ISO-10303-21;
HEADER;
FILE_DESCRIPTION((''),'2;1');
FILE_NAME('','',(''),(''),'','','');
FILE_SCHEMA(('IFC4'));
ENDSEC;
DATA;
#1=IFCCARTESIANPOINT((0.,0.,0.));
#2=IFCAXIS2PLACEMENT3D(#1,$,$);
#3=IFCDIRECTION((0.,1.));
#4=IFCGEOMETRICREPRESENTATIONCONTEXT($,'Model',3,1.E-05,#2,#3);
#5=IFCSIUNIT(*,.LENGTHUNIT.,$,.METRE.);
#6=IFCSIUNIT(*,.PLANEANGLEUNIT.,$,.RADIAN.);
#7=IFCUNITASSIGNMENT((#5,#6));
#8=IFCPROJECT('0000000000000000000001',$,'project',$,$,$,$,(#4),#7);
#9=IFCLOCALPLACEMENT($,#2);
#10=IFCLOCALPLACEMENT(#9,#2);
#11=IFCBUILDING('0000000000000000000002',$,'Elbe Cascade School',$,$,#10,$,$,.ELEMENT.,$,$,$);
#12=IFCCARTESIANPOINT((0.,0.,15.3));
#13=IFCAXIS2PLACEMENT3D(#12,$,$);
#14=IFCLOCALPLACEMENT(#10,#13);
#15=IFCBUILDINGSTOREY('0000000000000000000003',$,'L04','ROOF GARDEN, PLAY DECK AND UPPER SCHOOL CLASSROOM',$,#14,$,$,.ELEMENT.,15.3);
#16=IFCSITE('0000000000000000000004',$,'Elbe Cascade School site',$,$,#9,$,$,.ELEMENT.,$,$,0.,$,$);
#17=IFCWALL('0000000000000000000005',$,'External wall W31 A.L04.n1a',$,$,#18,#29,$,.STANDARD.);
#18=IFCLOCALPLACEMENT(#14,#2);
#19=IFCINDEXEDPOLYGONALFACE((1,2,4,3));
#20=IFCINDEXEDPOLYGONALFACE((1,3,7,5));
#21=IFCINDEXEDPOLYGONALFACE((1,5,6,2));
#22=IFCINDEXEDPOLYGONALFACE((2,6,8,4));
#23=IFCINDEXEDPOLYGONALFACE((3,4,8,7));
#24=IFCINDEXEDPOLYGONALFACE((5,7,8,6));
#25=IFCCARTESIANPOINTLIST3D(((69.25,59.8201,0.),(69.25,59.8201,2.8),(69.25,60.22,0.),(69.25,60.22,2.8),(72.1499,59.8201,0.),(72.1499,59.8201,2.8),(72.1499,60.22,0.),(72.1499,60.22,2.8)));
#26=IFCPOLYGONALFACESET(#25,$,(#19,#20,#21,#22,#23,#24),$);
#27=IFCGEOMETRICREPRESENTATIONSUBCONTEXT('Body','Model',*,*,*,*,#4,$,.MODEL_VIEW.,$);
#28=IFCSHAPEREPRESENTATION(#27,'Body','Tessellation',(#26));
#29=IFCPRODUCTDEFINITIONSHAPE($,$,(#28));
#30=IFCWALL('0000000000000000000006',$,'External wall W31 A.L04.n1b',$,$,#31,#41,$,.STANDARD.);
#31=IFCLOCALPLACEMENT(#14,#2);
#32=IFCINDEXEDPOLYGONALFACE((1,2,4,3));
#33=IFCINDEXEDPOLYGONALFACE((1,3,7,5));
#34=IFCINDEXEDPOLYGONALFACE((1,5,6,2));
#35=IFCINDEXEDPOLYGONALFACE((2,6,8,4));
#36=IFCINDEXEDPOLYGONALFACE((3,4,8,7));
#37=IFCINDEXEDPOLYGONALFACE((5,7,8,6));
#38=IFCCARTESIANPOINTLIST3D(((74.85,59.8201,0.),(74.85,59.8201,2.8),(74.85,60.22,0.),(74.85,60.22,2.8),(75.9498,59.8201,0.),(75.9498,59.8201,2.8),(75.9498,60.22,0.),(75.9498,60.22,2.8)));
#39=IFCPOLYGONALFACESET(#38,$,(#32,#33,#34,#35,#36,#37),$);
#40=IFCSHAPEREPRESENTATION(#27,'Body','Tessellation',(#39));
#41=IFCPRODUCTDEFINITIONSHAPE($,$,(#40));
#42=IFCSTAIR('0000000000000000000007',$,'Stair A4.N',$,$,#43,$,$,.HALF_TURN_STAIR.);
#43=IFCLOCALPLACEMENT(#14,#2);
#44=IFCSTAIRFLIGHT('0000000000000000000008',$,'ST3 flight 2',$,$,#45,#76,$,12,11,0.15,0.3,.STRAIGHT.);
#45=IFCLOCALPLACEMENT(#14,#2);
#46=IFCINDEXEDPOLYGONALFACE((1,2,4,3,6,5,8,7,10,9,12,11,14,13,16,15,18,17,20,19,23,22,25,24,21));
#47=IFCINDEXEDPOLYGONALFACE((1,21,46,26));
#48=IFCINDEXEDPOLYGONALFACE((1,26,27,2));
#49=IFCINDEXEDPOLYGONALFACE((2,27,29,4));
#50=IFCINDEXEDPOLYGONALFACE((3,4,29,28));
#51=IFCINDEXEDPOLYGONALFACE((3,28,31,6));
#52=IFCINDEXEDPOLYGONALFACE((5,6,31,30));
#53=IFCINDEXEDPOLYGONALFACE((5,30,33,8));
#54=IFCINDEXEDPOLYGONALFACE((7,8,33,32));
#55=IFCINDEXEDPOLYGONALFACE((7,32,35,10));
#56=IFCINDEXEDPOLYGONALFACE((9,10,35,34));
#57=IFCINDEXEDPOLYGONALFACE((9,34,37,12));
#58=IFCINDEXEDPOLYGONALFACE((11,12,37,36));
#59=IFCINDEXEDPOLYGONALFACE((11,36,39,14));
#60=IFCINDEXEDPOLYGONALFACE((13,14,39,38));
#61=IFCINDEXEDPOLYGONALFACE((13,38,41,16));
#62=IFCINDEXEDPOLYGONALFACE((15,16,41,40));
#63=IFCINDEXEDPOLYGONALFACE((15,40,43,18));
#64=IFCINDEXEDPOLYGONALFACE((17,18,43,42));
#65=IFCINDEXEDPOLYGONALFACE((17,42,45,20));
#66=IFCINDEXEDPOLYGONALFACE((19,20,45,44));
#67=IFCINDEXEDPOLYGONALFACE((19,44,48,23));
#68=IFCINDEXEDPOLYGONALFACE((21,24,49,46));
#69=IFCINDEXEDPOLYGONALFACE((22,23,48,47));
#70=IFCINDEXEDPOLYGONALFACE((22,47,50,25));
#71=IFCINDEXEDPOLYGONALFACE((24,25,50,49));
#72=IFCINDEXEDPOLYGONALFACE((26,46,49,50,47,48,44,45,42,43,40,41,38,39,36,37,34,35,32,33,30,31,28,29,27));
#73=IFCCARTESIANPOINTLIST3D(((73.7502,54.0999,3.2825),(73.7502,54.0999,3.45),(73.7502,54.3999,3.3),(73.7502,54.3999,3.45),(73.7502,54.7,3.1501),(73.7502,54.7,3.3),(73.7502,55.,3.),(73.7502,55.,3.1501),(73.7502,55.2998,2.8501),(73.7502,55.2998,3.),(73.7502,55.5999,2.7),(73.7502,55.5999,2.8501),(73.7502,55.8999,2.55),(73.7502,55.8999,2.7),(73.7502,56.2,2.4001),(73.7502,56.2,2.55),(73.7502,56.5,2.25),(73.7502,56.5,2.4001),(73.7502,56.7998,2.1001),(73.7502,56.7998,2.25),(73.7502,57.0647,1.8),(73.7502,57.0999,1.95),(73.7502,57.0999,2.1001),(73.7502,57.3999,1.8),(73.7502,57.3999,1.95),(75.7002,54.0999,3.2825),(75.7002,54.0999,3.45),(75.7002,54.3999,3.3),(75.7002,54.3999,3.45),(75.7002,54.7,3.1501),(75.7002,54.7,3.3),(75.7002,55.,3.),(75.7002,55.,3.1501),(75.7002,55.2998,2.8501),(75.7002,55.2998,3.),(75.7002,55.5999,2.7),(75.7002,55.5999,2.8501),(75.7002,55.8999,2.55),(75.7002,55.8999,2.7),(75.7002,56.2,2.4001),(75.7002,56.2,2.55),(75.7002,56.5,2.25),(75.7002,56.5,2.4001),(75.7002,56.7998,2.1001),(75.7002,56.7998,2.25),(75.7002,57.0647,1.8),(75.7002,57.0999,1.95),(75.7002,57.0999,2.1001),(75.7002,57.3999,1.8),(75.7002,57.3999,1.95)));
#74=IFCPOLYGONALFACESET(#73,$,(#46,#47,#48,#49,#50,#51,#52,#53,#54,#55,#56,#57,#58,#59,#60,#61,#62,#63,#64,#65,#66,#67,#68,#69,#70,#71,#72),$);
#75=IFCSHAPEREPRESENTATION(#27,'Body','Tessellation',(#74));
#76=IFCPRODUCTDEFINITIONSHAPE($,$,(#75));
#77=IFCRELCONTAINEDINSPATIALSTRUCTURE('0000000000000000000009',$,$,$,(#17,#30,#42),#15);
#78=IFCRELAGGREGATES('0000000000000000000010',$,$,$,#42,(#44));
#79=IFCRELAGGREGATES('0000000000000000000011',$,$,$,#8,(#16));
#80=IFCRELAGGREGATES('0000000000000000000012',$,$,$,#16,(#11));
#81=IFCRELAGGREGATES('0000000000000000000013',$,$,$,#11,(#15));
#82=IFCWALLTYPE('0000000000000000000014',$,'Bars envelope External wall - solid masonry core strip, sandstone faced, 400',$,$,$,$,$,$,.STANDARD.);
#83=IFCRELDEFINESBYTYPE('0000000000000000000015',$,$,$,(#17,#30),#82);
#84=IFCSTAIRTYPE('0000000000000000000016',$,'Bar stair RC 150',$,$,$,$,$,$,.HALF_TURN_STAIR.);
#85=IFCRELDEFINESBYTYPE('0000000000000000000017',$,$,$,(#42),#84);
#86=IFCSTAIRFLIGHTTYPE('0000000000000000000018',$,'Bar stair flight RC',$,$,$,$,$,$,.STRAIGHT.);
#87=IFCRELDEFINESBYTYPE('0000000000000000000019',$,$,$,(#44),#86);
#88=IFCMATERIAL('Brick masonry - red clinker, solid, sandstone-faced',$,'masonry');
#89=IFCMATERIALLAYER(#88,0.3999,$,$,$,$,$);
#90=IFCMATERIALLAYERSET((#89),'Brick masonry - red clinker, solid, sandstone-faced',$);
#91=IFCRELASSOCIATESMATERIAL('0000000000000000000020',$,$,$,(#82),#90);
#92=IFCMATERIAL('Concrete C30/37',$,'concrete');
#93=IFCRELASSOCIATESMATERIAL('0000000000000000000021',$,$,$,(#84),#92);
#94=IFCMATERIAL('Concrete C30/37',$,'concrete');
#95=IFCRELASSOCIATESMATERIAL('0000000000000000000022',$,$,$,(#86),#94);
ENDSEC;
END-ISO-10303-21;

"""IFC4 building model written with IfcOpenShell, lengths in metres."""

from ifc_helpers import new_model, si_unit, direction, frame, frame_2d, origin, place, context, subcontext, project, spatial, polyline, rectangle, outline, extrude, material, layer, layer_set, type_object, element, aggregate, save


model = new_model("IFC4")

# Units and contexts
model_context = context("Model", 3, precision=1e-05, world=origin(), true_north=direction((0.0, 1.0)))
body_context = subcontext(model_context, "Body", "Model", "MODEL_VIEW")
ifc_project = project(units=[si_unit("LENGTHUNIT", "METRE"), si_unit("PLANEANGLEUNIT", "RADIAN")], contexts=[model_context])

# Site, building, storey
site_placement = place(None, origin())
site = spatial("IfcSite", under=ifc_project, at=site_placement, Name="Elbe Cascade School site", CompositionType="ELEMENT", RefElevation=0.0)
building_placement = place(site_placement, origin())
building = spatial("IfcBuilding", under=site, at=building_placement, Name="Elbe Cascade School", CompositionType="ELEMENT")
storey_placement = place(building_placement, frame((0.0, 0.0, 15.3)))
storey = spatial("IfcBuildingStorey", under=building, at=storey_placement, Name="L04", Description="ROOF GARDEN, PLAY DECK AND UPPER SCHOOL CLASSROOM", CompositionType="ELEMENT", Elevation=15.3)

# Walls
ifc_material_1 = material(Name="Brick masonry - red clinker, solid, sandstone-faced", Category="masonry")
ifc_layer_1 = layer(ifc_material_1, 0.3999)
ifc_layer_set_1 = layer_set([ifc_layer_1], Name="Brick masonry - red clinker, solid, sandstone-faced")
wall_type_1 = type_object("IfcWallType", Name="Bars envelope External wall - solid masonry core strip, sandstone faced, 400", PredefinedType="STANDARD", material=ifc_layer_set_1)
wall_1_placement = place(storey_placement, frame((69.25, 60.02, 0.0), z_axis=(0.0, 0.0, 1.0), x_axis=(1.0, 0.0, 0.0)))
element("IfcWall", 1, at=wall_1_placement, inside=storey, type_object=wall_type_1, Name="External wall W31 A.L04.n1a", PredefinedType="STANDARD", context=body_context, shape_type="SweptSolid", body=[
    extrude(rectangle(XDim=2.8999, YDim=0.3999, at=frame_2d((1.45, 0.0))), origin(), (0.0, 0.0, 1.0), 2.8),
])
wall_2_placement = place(storey_placement, frame((74.8501, 60.02, 0.0), z_axis=(0.0, 0.0, 1.0), x_axis=(1.0, 0.0, 0.0)))
element("IfcWall", 2, at=wall_2_placement, inside=storey, type_object=wall_type_1, Name="External wall W31 A.L04.n1b", PredefinedType="STANDARD", context=body_context, shape_type="SweptSolid", body=[
    extrude(rectangle(XDim=1.0999, YDim=0.3999, at=frame_2d((0.5498, 0.0))), origin(), (0.0, 0.0, 1.0), 2.8),
])

# Stair, stair flight
ifc_material_2 = material(Name="Concrete C30/37", Category="concrete")
stair_type = type_object("IfcStairType", Name="Bar stair RC 150", PredefinedType="HALF_TURN_STAIR", material=ifc_material_2)
stair_placement = place(storey_placement, origin())
stair = element("IfcStair", 3, at=stair_placement, inside=storey, type_object=stair_type, Name="Stair A4.N", PredefinedType="HALF_TURN_STAIR")
ifc_material_3 = material(Name="Concrete C30/37", Category="concrete")
stair_flight_type = type_object("IfcStairFlightType", Name="Bar stair flight RC", PredefinedType="STRAIGHT", material=ifc_material_3)
stair_flight_placement = place(storey_placement, frame((74.7251, 57.3999, 1.8), z_axis=(0.0, 0.0, 1.0), x_axis=(0.0, -1.0, 0.0)))
stair_flight = element("IfcStairFlight", 4, at=stair_flight_placement, type_object=stair_flight_type, Name="ST3 flight 2", NumberOfRisers=12, NumberOfTreads=11, PredefinedType="STRAIGHT", RiserHeight=0.15, TreadLength=0.3, context=body_context, shape_type="SweptSolid", body=[
    extrude(outline(polyline([(0.0, 0.0), (0.0, 0.1499), (0.3, 0.1499), (0.3, 0.3), (0.6001, 0.3), (0.6001, 0.45), (0.8999, 0.45), (0.8999, 0.6001), (1.2, 0.6001), (1.2, 0.75), (1.5, 0.75), (1.5, 0.8999), (1.8, 0.8999), (1.8, 1.05), (2.1001, 1.05), (2.1001, 1.2), (2.3999, 1.2), (2.3999, 1.3501), (2.7, 1.3501), (2.7, 1.5), (3.0, 1.5), (3.0, 1.6499), (3.3, 1.6499), (3.3, 1.8), (3.3, 1.4824), (0.3352, 0.0), (0.0, 0.0)])), frame((0.0, 0.9751, 0.0), z_axis=(0.0, -1.0, 0.0), x_axis=(1.0, 0.0, 0.0)), (0.0, 0.0, 1.0), 1.95),
])
aggregate(stair, [stair_flight])

save(model, "model.ifc")
